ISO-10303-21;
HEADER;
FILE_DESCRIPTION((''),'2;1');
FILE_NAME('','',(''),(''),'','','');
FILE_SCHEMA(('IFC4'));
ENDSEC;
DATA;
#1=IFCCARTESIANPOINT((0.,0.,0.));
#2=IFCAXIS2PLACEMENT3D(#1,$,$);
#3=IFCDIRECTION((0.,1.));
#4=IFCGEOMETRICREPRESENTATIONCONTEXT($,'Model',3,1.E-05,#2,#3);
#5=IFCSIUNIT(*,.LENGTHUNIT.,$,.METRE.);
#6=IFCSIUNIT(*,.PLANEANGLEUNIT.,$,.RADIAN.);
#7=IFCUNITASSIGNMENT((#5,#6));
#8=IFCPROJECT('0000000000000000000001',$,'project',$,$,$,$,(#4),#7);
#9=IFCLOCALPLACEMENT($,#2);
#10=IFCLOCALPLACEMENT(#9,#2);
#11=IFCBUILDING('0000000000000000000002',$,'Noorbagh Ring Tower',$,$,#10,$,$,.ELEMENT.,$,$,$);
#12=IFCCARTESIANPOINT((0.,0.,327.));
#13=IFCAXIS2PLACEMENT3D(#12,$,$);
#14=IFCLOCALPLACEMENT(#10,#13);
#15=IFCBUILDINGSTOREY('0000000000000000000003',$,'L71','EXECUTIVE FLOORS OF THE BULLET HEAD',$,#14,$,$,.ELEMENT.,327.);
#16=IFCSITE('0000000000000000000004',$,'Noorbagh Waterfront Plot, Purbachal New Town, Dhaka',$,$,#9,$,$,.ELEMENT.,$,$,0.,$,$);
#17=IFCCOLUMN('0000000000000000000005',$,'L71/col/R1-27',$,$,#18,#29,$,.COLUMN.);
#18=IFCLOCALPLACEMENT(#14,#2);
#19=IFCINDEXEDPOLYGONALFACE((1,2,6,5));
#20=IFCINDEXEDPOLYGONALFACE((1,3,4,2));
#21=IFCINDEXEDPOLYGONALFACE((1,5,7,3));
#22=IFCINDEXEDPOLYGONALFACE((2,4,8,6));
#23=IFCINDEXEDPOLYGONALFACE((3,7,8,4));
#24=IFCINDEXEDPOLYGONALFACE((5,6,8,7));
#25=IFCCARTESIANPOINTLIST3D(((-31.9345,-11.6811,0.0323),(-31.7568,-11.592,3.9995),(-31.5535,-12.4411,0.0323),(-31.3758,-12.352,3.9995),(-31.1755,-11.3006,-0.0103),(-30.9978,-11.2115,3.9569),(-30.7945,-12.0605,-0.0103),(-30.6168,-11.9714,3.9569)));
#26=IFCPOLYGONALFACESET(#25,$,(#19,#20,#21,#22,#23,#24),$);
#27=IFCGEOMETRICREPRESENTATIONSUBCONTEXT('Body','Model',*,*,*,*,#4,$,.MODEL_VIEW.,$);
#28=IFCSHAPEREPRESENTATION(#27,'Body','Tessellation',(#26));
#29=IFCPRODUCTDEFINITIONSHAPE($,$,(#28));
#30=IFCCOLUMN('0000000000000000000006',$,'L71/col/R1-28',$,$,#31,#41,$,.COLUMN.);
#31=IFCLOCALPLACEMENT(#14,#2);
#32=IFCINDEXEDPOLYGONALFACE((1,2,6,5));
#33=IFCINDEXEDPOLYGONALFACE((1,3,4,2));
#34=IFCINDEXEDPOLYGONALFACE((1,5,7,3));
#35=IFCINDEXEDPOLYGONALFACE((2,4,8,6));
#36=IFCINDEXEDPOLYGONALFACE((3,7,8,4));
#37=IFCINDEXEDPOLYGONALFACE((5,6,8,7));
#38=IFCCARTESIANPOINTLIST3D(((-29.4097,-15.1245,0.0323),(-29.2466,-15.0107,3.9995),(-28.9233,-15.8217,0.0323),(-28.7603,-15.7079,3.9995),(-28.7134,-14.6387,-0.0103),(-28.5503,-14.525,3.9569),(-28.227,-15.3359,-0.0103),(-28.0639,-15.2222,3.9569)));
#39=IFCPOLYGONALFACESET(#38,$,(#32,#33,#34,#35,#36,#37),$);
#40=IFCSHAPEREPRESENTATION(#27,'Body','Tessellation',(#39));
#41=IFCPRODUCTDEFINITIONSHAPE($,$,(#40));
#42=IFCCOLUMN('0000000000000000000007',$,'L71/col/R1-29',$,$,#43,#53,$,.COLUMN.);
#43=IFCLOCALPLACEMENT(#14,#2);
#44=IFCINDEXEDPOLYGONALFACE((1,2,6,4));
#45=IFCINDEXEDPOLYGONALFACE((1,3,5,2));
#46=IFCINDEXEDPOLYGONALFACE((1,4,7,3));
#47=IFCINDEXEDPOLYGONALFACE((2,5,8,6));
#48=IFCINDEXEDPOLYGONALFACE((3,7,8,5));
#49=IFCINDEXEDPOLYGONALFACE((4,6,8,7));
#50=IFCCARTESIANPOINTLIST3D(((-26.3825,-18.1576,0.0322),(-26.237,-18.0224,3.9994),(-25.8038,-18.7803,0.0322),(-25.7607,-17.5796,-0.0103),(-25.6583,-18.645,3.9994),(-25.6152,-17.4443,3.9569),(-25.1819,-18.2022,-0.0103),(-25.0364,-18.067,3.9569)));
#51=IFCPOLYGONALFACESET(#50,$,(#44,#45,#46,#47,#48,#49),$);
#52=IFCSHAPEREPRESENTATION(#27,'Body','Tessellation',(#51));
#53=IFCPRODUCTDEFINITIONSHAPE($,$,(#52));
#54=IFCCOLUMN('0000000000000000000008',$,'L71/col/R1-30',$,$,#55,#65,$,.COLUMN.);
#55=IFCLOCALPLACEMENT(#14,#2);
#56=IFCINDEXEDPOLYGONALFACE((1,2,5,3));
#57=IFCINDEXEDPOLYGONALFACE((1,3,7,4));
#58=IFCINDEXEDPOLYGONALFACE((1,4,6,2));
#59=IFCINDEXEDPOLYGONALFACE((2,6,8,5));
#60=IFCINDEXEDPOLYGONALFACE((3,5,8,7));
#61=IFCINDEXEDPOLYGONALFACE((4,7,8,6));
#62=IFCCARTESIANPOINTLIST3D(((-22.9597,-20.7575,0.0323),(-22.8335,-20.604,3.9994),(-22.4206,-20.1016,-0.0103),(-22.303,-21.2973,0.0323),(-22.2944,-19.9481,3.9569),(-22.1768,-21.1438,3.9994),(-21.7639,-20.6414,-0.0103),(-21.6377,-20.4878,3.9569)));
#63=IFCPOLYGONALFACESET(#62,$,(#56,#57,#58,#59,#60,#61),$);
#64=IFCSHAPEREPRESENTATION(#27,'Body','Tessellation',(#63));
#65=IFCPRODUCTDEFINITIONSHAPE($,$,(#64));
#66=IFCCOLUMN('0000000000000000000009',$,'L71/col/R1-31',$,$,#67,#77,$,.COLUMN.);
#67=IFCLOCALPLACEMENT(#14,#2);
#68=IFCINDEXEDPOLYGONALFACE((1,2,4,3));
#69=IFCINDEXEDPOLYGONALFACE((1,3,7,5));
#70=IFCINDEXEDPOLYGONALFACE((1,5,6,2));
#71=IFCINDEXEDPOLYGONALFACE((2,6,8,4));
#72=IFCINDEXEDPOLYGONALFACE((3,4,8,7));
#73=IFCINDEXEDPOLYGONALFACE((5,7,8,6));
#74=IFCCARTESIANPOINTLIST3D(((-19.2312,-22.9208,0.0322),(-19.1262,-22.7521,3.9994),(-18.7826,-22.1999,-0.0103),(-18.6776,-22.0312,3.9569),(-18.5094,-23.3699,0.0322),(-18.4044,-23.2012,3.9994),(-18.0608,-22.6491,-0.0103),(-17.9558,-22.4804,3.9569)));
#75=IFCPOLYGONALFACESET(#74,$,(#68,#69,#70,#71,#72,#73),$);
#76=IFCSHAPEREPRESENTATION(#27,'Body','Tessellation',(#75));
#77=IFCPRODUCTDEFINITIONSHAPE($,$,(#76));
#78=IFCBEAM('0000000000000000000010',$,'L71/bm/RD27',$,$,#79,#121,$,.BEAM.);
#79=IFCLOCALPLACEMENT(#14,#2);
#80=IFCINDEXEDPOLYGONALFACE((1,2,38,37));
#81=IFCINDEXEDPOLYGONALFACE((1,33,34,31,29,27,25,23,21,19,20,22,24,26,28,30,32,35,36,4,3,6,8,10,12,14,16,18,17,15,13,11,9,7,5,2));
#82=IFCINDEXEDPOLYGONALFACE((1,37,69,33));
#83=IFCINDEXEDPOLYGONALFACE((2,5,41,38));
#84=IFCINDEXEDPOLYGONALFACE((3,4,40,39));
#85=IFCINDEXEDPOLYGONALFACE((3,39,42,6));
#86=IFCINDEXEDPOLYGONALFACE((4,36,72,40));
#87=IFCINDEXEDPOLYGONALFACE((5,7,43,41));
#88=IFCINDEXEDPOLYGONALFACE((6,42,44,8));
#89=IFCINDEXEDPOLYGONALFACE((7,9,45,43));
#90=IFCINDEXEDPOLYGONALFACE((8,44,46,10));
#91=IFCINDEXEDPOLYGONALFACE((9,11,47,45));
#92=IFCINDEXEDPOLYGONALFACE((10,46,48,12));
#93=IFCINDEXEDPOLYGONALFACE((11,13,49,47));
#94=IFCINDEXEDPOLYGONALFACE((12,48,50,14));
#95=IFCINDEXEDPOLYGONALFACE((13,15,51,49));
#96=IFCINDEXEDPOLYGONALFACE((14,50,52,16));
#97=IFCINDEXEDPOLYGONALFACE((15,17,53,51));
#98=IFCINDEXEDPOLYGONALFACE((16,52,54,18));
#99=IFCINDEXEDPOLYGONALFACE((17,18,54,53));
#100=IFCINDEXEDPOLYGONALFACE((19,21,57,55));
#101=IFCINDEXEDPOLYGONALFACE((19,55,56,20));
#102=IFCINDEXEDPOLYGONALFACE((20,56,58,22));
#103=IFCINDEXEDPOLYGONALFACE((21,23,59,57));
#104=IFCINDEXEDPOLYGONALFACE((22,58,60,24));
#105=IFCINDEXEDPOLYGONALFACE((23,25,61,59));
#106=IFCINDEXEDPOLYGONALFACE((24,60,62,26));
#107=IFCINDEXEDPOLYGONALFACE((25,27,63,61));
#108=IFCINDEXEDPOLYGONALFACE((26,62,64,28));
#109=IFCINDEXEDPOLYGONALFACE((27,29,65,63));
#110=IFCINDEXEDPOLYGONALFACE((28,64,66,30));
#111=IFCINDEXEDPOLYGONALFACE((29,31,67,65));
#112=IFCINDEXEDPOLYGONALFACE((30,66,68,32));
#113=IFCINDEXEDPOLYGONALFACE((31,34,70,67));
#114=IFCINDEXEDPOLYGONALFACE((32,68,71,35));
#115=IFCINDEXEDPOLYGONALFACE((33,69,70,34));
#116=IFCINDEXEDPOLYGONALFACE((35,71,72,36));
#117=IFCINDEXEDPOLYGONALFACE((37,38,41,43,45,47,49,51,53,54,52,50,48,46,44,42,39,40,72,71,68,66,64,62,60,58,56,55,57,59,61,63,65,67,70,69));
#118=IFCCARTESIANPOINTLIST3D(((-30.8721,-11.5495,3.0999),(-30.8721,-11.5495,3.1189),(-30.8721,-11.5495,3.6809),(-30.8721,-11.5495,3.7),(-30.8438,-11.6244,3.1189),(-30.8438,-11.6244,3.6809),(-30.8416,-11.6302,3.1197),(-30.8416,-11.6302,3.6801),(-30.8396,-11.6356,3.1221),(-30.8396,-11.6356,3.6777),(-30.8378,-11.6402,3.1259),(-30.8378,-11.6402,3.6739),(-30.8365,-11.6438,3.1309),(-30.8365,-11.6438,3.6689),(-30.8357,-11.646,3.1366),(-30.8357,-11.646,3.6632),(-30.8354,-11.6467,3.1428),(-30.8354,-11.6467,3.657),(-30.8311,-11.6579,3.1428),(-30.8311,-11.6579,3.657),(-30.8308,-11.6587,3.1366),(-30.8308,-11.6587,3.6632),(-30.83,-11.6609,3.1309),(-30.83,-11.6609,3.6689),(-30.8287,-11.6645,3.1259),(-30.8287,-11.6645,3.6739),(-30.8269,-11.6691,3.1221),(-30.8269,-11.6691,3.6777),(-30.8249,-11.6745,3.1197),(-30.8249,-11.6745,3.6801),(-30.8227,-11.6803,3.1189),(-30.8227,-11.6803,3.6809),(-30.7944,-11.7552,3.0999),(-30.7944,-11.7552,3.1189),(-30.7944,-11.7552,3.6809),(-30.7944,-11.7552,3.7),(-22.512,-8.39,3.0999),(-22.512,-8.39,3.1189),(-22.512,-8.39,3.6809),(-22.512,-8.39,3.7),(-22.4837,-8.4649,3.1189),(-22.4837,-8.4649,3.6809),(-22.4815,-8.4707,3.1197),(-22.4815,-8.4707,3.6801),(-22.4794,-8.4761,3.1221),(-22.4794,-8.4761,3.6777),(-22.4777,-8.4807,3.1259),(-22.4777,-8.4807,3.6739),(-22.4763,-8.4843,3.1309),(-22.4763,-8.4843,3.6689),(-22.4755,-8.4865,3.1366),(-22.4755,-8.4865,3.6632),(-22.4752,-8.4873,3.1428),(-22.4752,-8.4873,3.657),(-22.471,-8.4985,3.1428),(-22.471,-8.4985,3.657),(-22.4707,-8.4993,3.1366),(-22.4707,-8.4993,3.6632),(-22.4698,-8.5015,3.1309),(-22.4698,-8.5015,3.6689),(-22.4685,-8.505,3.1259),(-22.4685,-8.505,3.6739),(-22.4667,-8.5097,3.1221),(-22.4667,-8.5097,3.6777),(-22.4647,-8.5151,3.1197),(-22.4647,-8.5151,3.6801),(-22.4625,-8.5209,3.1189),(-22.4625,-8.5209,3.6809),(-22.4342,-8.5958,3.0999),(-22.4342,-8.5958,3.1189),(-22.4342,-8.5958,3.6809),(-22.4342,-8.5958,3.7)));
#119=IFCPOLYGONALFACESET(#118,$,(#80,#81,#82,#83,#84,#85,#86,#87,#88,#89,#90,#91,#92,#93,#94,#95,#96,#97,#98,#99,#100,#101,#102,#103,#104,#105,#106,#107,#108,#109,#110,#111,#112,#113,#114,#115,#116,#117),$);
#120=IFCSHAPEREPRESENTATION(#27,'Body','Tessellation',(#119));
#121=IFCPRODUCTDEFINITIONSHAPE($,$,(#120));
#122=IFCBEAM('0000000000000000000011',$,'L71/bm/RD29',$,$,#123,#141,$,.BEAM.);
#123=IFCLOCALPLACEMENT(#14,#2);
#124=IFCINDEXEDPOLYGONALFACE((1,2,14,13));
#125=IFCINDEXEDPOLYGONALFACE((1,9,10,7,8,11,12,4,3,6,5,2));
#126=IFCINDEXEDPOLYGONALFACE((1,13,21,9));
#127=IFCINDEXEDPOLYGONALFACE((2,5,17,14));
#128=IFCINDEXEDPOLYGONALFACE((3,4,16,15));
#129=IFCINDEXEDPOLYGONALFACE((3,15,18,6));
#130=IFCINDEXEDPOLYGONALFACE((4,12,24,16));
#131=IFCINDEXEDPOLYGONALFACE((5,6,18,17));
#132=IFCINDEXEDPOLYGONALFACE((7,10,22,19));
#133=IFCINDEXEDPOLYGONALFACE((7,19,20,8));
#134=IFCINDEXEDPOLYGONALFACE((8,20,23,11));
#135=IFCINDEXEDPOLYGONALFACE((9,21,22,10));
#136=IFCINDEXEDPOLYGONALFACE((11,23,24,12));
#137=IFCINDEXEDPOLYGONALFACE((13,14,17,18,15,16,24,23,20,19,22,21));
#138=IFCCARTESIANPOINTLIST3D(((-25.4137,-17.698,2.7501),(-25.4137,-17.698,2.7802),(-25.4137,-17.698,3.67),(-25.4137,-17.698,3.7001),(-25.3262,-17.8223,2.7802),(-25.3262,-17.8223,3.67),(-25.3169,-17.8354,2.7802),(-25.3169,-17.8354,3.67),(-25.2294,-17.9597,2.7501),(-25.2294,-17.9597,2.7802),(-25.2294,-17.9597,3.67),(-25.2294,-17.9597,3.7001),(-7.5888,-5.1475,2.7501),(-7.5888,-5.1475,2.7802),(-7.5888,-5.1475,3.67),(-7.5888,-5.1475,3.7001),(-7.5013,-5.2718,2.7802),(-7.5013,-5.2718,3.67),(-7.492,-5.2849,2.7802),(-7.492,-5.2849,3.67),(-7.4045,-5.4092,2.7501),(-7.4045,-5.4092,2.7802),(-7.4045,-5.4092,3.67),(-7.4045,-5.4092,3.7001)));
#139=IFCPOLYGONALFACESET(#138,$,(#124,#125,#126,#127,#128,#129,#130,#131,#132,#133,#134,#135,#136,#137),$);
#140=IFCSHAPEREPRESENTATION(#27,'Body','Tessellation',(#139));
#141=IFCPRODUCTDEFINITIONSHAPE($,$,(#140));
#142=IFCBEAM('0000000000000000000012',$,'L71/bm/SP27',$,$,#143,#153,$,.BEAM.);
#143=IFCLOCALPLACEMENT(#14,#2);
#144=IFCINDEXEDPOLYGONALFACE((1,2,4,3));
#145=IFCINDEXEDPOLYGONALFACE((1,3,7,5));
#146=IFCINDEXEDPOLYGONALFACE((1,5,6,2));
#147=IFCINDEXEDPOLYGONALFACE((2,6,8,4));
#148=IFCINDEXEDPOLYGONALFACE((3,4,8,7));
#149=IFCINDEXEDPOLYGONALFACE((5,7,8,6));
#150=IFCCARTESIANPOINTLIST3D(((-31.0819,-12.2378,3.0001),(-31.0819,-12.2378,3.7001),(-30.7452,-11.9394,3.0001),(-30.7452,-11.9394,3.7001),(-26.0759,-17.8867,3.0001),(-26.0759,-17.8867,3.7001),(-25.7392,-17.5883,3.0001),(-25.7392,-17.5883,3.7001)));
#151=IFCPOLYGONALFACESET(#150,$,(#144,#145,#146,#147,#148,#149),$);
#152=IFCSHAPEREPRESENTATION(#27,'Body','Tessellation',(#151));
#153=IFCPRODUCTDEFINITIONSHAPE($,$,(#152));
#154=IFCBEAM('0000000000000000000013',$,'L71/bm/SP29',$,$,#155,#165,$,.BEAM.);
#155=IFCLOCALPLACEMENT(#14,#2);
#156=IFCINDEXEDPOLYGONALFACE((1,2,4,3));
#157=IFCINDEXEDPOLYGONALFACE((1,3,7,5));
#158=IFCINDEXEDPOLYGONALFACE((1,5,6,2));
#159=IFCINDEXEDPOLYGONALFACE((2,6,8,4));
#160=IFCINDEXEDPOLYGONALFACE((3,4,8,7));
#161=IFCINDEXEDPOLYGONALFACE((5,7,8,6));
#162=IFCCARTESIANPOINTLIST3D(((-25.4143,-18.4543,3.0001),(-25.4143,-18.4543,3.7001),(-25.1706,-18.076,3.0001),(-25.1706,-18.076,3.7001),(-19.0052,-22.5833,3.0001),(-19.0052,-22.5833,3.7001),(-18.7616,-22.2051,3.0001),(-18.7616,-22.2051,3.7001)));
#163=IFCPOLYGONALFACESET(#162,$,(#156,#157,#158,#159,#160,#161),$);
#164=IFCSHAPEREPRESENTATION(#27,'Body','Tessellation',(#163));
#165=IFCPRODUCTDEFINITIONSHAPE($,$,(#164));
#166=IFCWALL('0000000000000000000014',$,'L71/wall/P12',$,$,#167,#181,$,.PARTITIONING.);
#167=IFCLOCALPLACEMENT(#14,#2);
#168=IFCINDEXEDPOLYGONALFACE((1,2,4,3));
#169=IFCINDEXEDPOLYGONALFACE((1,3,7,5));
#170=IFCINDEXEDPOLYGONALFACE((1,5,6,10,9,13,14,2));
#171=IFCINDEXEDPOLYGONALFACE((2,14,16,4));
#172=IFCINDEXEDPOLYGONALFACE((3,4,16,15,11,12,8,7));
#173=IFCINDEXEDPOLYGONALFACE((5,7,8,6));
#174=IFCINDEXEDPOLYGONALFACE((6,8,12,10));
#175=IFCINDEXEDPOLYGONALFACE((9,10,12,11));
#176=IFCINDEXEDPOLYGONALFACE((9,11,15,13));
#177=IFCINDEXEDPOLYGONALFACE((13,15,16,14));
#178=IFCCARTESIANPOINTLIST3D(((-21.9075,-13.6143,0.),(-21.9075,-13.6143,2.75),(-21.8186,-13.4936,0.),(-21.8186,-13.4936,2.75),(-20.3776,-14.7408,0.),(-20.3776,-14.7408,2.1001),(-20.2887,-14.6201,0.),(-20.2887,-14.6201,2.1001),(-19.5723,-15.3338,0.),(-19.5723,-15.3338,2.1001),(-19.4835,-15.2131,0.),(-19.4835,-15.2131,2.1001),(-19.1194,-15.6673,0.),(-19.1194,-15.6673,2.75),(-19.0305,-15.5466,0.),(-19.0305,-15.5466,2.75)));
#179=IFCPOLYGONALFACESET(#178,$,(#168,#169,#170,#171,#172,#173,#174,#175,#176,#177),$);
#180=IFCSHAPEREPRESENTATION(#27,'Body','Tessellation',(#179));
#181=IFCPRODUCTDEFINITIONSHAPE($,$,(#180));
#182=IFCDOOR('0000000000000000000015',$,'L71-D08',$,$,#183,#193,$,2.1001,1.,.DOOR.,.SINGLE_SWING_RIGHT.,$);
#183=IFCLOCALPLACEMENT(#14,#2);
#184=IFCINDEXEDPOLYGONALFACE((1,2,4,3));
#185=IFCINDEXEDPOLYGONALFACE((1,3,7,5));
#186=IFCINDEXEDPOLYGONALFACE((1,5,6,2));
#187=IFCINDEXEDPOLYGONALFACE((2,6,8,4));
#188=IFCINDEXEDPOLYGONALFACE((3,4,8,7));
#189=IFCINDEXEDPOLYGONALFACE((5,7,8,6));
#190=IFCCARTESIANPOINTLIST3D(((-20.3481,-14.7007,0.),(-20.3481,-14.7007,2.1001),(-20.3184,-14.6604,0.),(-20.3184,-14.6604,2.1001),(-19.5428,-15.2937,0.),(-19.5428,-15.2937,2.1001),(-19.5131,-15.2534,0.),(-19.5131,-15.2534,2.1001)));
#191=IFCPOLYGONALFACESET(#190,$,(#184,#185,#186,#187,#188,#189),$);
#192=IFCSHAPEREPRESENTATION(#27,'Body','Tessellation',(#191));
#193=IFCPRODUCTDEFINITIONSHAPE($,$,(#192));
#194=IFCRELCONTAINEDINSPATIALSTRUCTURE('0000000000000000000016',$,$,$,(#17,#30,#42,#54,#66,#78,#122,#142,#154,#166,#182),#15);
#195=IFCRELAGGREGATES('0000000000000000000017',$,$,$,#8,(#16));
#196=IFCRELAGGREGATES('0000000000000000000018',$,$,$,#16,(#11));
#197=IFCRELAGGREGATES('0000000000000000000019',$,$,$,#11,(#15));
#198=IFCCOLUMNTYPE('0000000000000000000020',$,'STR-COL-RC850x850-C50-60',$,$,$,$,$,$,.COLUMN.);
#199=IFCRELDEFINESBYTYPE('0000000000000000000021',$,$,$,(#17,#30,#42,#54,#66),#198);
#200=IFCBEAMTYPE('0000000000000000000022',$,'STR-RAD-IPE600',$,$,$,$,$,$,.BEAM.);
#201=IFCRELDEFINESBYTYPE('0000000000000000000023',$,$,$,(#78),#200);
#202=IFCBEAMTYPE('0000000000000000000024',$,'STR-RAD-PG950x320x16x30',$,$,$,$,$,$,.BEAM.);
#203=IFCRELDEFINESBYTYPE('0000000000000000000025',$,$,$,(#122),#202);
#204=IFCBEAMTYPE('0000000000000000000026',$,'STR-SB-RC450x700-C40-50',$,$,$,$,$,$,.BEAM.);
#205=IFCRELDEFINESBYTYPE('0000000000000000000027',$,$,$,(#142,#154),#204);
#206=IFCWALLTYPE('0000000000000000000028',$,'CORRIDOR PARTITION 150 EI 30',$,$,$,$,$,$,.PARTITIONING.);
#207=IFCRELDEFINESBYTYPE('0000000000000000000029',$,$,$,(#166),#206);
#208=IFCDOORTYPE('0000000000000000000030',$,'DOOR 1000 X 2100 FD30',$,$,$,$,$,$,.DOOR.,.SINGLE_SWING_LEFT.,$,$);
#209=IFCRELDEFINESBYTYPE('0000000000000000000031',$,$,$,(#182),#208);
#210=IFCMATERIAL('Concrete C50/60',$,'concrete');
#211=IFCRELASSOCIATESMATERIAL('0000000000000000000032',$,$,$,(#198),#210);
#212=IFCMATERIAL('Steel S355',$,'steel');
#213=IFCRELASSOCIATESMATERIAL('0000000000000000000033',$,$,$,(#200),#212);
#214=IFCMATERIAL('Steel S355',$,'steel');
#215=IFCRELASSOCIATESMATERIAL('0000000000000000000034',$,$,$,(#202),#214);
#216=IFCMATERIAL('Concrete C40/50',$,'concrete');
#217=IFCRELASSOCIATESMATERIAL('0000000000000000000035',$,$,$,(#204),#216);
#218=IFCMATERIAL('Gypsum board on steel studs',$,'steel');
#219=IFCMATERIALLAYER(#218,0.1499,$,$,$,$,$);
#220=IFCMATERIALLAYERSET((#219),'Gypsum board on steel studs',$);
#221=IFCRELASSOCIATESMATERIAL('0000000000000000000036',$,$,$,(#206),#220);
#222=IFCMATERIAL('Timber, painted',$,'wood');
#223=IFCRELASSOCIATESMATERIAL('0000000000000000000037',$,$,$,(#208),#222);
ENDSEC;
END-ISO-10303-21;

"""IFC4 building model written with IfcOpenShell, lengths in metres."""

from ifc_helpers import new_model, si_unit, direction, frame, frame_2d, origin, origin_2d, place, context, subcontext, project, spatial, rectangle, i_section, extrude, material, layer, layer_set, material_profile, profile_set, type_object, element, fill, save


model = new_model("IFC4")

# Units and contexts
model_context = context("Model", 3, precision=1e-05, world=origin(), true_north=direction((0.0, 1.0)))
body_context = subcontext(model_context, "Body", "Model", "MODEL_VIEW")
ifc_project = project(units=[si_unit("LENGTHUNIT", "METRE"), si_unit("PLANEANGLEUNIT", "RADIAN")], contexts=[model_context])

# Site, building, storey
site_placement = place(None, origin())
site = spatial("IfcSite", under=ifc_project, at=site_placement, Name="Noorbagh Waterfront Plot, Purbachal New Town, Dhaka", CompositionType="ELEMENT", RefElevation=0.0)
building_placement = place(site_placement, origin())
building = spatial("IfcBuilding", under=site, at=building_placement, Name="Noorbagh Ring Tower", CompositionType="ELEMENT")
storey_placement = place(building_placement, frame((0.0, 0.0, 327.0)))
storey = spatial("IfcBuildingStorey", under=building, at=storey_placement, Name="L71", Description="EXECUTIVE FLOORS OF THE BULLET HEAD", CompositionType="ELEMENT", Elevation=327.0)

# Columns
ifc_material_1 = material(Name="Concrete C50/60", Category="concrete")
ifc_material_profile_1 = material_profile(ifc_material_1, rectangle(XDim=0.8501, YDim=0.8501, at=origin_2d()), Name="RC850x850")
ifc_profile_set_1 = profile_set([ifc_material_profile_1], Name="Concrete C50/60")
column_type = type_object("IfcColumnType", Name="STR-COL-RC850x850-C50-60", PredefinedType="COLUMN", material=ifc_profile_set_1)
for number, where, z_axis, x_axis, name in (
    (1, (-31.3645, -11.8708, 0.011), (0.044744, 0.022433, 0.998747), (-0.448196, 0.893935, 0.0), "L71/col/R1-27"),
    (2, (-28.8184, -15.2302, 0.011), (0.041056, 0.028641, 0.998746), (-0.572143, 0.820154, 0.0), "L71/col/R1-28"),
    (3, (-25.7822, -18.1799, 0.011), (0.036631, 0.03405, 0.998749), (-0.680828, 0.732443, 0.0), "L71/col/R1-29"),
    (4, (-22.3618, -20.6995, 0.011), (0.031776, 0.038659, 0.998747), (-0.772533, 0.634975, 0.0), "L71/col/R1-30"),
    (5, (-18.646, -22.7849, 0.011), (0.026428, 0.04247, 0.998748), (-0.849032, 0.528341, 0.0), "L71/col/R1-31"),
):
    element("IfcColumn", number, at=place(storey_placement, frame(where, z_axis=z_axis, x_axis=x_axis)), inside=storey, type_object=column_type, Name=name, PredefinedType="COLUMN", context=body_context, shape_type="SweptSolid", body=[
        extrude(rectangle(XDim=0.8501, YDim=0.8501, at=origin_2d()), origin(), (0.0, 0.0, 1.0), 3.9722),
    ])

# Beams
ifc_material_2 = material(Name="Steel S355", Category="steel")
ifc_material_profile_2 = material_profile(ifc_material_2, i_section(OverallWidth=0.22, OverallDepth=0.6001, WebThickness=0.012, FlangeThickness=0.019, FilletRadius=0.0239, at=origin_2d()), Name="IPE600")
ifc_profile_set_2 = profile_set([ifc_material_profile_2], Name="Steel S355")
beam_type_1 = type_object("IfcBeamType", Name="STR-RAD-IPE600", PredefinedType="BEAM", material=ifc_profile_set_2)
beam_1_placement = place(storey_placement, frame((-30.8333, -11.6523, 3.3999), z_axis=(0.935429, 0.353514, 0.0), x_axis=(-0.353514, 0.935429, 0.0)))
element("IfcBeam", 6, at=beam_1_placement, inside=storey, type_object=beam_type_1, Name="L71/bm/RD27", PredefinedType="BEAM", context=body_context, shape_type="SweptSolid", body=[
    extrude(i_section(OverallWidth=0.22, OverallDepth=0.6001, WebThickness=0.012, FlangeThickness=0.019, FilletRadius=0.0239, at=origin_2d()), origin(), (0.0, 0.0, 1.0), 8.9373),
])
ifc_material_3 = material(Name="Steel S355", Category="steel")
ifc_material_profile_3 = material_profile(ifc_material_3, i_section(OverallWidth=0.3201, OverallDepth=0.95, WebThickness=0.0161, FlangeThickness=0.03, at=origin_2d()), Name="PG950x320x16x30")
ifc_profile_set_3 = profile_set([ifc_material_profile_3], Name="Steel S355")
beam_type_2 = type_object("IfcBeamType", Name="STR-RAD-PG950x320x16x30", PredefinedType="BEAM", material=ifc_profile_set_3)
beam_2_placement = place(storey_placement, frame((-25.3215, -17.8289, 3.2251), z_axis=(0.817654, 0.57571, 0.0), x_axis=(-0.57571, 0.817654, 0.0)))
element("IfcBeam", 7, at=beam_2_placement, inside=storey, type_object=beam_type_2, Name="L71/bm/RD29", PredefinedType="BEAM", context=body_context, shape_type="SweptSolid", body=[
    extrude(i_section(OverallWidth=0.3201, OverallDepth=0.95, WebThickness=0.0161, FlangeThickness=0.03, at=origin_2d()), origin(), (0.0, 0.0, 1.0), 21.8),
])
ifc_material_4 = material(Name="Concrete C40/50", Category="concrete")
ifc_material_profile_4 = material_profile(ifc_material_4, rectangle(XDim=0.45, YDim=0.7, at=origin_2d()), Name="RC450x700")
ifc_profile_set_4 = profile_set([ifc_material_profile_4], Name="Concrete C40/50")
beam_type_3 = type_object("IfcBeamType", Name="STR-SB-RC450x700-C40-50", PredefinedType="BEAM", material=ifc_profile_set_4)
beam_3_placement = place(storey_placement, frame((-30.9136, -12.0886, 3.3501), z_axis=(0.663241, -0.748406, 0.0), x_axis=(0.748406, 0.663241, 0.0)))
element("IfcBeam", 8, at=beam_3_placement, inside=storey, type_object=beam_type_3, Name="L71/bm/SP27", PredefinedType="BEAM", context=body_context, shape_type="SweptSolid", body=[
    extrude(rectangle(XDim=0.45, YDim=0.7, at=origin_2d()), origin(), (0.0, 0.0, 1.0), 7.5479),
])
beam_4_placement = place(storey_placement, frame((-25.2925, -18.2651, 3.3501), z_axis=(0.840643, -0.541589, 0.0), x_axis=(0.541589, 0.840643, 0.0)))
element("IfcBeam", 9, at=beam_4_placement, inside=storey, type_object=beam_type_3, Name="L71/bm/SP29", PredefinedType="BEAM", context=body_context, shape_type="SweptSolid", body=[
    extrude(rectangle(XDim=0.45, YDim=0.7, at=origin_2d()), origin(), (0.0, 0.0, 1.0), 7.624),
])

# Wall, opening, door
ifc_material_5 = material(Name="Gypsum board on steel studs", Category="steel")
ifc_layer_1 = layer(ifc_material_5, 0.1499)
ifc_layer_set_1 = layer_set([ifc_layer_1], Name="Gypsum board on steel studs")
wall_type_1 = type_object("IfcWallType", Name="CORRIDOR PARTITION 150 EI 30", PredefinedType="PARTITIONING", material=ifc_layer_set_1)
wall_1_placement = place(storey_placement, frame((-21.863, -13.554, 0.0), z_axis=(0.0, 0.0, 1.0), x_axis=(0.805249, -0.592937, 0.0)))
wall_1 = element("IfcWall", 10, at=wall_1_placement, inside=storey, type_object=wall_type_1, Name="L71/wall/P12", PredefinedType="PARTITIONING", context=body_context, shape_type="SweptSolid", body=[
    extrude(rectangle(XDim=3.4624, YDim=0.1499, at=frame_2d((1.7312, 0.0))), origin(), (0.0, 0.0, 1.0), 2.75),
])
opening_placement = place(wall_1_placement, frame((1.8999, 0.0, 0.0)))
opening = element("IfcOpeningElement", 11, at=opening_placement, cuts=wall_1, PredefinedType="OPENING", context=body_context, shape_type="SweptSolid", body=[
    extrude(rectangle(XDim=1.0, YDim=2.1001, at=frame_2d((0.5, 1.05))), frame((0.0, 0.085, 0.0), z_axis=(0.0, -1.0, 0.0), x_axis=(1.0, 0.0, 0.0)), (0.0, 0.0, 1.0), 0.1699),
])
ifc_material_6 = material(Name="Timber, painted", Category="wood")
door_type = type_object("IfcDoorType", Name="DOOR 1000 X 2100 FD30", OperationType="SINGLE_SWING_LEFT", PredefinedType="DOOR", material=ifc_material_6)
door_placement = place(opening_placement, origin())
door = element("IfcDoor", 12, at=door_placement, inside=storey, type_object=door_type, Name="L71-D08", OperationType="SINGLE_SWING_RIGHT", OverallHeight=2.1001, OverallWidth=1.0, PredefinedType="DOOR", context=body_context, shape_type="SweptSolid", body=[
    extrude(rectangle(XDim=1.0, YDim=2.1001, at=frame_2d((0.5, 1.05))), frame((0.0, 0.0249, 0.0), z_axis=(0.0, -1.0, 0.0), x_axis=(1.0, 0.0, 0.0)), (0.0, 0.0, 1.0), 0.05),
])
fill(opening, door)

save(model, "model.ifc")
